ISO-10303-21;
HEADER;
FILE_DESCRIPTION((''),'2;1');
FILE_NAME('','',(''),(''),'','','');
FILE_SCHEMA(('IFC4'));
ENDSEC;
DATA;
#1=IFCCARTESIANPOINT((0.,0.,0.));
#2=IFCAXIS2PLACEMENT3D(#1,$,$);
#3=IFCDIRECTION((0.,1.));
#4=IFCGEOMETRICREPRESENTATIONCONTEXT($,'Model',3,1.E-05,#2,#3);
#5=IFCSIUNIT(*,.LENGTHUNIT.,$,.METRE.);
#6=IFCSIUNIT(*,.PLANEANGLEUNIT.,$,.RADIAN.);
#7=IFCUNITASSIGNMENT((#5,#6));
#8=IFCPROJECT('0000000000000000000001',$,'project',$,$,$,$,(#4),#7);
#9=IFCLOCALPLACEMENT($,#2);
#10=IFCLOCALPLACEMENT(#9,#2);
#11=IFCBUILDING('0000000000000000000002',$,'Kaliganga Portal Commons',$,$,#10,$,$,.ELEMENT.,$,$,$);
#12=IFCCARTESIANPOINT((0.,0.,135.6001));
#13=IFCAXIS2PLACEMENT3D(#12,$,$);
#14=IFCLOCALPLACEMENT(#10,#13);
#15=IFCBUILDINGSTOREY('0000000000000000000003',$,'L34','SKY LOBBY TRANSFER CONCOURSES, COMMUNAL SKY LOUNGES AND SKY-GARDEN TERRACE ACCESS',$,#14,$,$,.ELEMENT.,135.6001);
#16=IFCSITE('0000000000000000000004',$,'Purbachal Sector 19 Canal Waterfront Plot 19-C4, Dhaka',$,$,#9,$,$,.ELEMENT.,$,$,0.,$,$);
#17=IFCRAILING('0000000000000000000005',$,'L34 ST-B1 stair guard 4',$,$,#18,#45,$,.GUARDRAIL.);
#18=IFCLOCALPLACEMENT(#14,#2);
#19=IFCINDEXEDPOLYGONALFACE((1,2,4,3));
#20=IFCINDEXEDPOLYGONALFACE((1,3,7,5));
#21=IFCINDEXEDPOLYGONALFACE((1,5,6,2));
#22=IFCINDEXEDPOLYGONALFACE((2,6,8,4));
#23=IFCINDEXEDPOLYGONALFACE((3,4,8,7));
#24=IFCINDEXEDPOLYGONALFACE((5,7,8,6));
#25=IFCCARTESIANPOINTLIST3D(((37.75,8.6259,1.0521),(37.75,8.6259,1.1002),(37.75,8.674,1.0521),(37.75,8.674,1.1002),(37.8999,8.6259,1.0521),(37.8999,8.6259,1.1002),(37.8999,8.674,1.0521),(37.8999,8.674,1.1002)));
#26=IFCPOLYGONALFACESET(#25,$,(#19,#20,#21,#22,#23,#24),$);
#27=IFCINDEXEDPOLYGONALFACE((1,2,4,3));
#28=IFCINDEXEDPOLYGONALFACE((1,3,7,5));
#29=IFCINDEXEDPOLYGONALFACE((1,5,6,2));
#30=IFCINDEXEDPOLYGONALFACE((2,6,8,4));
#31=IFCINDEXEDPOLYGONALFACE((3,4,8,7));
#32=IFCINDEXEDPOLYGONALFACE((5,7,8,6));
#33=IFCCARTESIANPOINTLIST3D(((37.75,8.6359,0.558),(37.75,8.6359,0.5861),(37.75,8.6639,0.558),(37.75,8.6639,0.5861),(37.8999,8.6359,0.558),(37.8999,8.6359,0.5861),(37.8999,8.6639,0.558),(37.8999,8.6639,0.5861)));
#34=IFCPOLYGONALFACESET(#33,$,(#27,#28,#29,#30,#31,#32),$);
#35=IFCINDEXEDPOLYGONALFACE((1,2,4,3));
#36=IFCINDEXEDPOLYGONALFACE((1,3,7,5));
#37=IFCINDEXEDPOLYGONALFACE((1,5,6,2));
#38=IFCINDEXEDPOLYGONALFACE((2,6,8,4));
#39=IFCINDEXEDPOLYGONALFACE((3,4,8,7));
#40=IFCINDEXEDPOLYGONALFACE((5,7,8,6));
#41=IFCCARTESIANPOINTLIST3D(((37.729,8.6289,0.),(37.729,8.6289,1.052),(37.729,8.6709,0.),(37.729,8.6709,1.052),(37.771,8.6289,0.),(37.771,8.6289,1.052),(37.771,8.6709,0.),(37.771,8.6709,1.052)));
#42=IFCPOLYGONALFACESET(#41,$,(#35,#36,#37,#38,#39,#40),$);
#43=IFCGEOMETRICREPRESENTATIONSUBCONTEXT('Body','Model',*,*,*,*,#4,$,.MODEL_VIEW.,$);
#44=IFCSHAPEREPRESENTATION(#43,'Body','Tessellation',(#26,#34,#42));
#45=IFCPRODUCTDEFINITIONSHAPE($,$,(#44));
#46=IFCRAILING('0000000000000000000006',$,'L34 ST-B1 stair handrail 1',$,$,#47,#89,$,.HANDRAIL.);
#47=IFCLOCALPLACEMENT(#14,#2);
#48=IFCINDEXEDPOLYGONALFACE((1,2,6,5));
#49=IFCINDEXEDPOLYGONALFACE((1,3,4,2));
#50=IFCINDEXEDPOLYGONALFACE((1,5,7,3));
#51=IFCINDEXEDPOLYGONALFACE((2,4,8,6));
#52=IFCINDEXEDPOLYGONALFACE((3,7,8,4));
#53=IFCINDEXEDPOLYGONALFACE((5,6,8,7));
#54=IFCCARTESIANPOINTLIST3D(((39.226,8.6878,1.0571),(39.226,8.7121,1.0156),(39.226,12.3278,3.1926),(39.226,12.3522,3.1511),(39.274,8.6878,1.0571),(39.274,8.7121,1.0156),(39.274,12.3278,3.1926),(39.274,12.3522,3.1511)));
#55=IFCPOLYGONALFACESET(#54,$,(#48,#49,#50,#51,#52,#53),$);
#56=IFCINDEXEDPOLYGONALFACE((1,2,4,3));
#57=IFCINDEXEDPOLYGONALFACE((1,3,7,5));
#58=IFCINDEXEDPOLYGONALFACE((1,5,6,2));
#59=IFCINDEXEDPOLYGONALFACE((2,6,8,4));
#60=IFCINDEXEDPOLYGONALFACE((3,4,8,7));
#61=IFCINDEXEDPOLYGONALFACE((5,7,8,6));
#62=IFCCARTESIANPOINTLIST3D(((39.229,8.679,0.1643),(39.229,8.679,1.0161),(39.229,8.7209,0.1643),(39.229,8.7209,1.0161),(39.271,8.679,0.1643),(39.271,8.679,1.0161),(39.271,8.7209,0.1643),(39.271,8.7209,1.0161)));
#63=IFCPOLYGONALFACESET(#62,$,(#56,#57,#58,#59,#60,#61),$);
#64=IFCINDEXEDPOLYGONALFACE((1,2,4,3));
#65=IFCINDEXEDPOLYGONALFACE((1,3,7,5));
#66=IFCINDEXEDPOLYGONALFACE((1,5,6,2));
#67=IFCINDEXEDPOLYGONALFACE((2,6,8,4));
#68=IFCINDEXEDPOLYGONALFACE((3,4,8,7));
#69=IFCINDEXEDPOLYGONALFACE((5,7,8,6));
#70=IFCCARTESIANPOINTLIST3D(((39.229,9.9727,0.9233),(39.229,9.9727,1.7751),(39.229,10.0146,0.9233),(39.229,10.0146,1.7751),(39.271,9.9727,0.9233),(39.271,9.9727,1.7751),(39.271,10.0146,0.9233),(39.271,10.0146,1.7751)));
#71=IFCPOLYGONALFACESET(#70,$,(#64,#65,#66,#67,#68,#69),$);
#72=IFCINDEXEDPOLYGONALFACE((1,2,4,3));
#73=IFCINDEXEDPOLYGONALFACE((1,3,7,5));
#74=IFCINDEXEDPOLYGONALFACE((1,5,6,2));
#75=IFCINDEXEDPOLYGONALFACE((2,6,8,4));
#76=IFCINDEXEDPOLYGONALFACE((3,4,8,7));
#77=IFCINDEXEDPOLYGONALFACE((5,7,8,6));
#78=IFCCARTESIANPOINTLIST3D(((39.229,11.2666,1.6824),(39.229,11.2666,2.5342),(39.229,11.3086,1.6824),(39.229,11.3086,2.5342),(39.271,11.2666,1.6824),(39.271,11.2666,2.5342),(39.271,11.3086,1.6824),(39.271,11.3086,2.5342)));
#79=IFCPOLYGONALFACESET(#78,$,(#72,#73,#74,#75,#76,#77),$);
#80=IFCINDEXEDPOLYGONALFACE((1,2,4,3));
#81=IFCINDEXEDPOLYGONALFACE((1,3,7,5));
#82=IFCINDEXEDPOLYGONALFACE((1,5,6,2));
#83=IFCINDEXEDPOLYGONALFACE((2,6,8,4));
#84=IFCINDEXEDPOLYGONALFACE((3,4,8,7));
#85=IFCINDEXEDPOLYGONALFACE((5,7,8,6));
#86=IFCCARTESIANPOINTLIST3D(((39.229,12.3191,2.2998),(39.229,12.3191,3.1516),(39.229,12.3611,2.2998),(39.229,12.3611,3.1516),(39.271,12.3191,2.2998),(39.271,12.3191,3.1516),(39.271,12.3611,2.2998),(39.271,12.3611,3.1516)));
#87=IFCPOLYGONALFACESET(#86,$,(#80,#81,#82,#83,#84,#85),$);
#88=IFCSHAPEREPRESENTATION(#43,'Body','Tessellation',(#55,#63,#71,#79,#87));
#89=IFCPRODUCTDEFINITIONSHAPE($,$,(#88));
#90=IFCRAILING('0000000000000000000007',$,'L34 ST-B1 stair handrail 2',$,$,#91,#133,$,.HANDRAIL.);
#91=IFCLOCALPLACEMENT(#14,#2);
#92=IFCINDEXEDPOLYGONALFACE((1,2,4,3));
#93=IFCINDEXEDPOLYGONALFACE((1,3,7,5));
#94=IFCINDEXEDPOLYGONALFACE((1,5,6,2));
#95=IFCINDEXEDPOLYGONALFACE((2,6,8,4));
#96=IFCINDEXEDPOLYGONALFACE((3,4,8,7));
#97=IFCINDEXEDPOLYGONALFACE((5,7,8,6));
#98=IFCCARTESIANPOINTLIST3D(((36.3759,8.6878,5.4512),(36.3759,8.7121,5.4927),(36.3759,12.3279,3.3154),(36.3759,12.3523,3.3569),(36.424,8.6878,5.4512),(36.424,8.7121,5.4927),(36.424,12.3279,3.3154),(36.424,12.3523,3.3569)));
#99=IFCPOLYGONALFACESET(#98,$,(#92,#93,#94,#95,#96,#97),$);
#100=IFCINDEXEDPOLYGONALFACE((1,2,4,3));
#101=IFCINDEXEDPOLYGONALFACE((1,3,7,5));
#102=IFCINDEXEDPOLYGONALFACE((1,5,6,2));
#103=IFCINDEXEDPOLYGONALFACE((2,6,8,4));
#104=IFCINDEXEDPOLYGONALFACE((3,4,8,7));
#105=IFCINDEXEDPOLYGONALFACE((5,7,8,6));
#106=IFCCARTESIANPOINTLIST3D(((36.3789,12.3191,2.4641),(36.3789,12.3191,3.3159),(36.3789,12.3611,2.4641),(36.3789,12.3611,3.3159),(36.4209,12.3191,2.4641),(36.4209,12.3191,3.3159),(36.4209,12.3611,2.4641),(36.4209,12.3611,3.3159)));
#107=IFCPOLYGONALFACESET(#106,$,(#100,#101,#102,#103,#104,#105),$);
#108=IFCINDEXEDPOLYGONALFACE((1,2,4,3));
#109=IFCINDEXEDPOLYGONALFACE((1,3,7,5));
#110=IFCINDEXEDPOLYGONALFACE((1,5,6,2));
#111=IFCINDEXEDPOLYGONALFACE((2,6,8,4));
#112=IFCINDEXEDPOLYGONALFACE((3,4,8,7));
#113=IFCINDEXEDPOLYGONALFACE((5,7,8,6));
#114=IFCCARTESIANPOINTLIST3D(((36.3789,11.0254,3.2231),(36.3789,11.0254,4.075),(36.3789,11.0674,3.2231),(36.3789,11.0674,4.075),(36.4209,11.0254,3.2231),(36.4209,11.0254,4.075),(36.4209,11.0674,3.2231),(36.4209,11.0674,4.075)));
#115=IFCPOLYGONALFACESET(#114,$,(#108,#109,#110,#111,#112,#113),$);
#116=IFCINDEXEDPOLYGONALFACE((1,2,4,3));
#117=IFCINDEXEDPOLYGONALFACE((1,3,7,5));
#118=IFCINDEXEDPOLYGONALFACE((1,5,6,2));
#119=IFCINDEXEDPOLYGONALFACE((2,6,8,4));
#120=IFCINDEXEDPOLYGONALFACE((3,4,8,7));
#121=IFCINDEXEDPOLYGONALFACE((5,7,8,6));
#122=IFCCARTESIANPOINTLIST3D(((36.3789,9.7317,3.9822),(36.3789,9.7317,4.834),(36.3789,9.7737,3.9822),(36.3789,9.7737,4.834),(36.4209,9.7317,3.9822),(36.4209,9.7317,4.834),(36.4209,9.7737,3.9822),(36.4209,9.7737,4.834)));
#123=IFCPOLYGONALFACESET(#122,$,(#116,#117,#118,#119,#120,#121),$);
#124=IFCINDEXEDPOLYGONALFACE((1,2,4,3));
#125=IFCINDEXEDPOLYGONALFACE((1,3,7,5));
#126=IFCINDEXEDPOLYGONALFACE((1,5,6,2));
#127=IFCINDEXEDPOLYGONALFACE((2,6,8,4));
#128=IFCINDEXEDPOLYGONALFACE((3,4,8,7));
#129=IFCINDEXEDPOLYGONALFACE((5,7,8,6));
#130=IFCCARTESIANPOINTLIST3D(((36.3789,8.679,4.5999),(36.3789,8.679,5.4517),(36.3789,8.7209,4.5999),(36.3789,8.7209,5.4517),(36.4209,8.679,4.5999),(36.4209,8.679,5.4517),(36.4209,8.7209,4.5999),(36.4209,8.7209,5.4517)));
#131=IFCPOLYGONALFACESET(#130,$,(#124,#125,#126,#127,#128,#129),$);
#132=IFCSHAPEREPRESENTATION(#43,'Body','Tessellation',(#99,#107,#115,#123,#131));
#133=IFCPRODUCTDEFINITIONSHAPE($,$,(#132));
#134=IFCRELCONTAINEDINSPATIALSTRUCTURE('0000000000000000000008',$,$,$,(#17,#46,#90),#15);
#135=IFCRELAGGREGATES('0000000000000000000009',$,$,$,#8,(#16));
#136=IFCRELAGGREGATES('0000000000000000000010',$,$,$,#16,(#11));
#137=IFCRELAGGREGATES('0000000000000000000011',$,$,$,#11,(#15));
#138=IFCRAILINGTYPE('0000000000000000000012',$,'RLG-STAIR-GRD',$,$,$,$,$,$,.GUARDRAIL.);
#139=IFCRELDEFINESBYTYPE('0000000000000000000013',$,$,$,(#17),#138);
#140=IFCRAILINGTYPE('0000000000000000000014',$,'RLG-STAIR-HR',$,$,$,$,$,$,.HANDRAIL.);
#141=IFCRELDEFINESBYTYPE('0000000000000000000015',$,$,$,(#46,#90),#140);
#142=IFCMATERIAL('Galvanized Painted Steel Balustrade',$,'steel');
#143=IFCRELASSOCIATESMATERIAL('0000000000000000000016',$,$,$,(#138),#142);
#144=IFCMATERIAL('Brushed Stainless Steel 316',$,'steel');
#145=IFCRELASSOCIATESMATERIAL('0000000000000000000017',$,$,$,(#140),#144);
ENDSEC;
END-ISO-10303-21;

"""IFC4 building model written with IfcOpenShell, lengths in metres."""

from ifc_helpers import new_model, si_unit, direction, frame, origin, origin_2d, place, context, subcontext, project, spatial, rectangle, extrude, material, type_object, element, save


model = new_model("IFC4")

# Units and contexts
model_context = context("Model", 3, precision=1e-05, world=origin(), true_north=direction((0.0, 1.0)))
body_context = subcontext(model_context, "Body", "Model", "MODEL_VIEW")
ifc_project = project(units=[si_unit("LENGTHUNIT", "METRE"), si_unit("PLANEANGLEUNIT", "RADIAN")], contexts=[model_context])

# Site, building, storey
site_placement = place(None, origin())
site = spatial("IfcSite", under=ifc_project, at=site_placement, Name="Purbachal Sector 19 Canal Waterfront Plot 19-C4, Dhaka", CompositionType="ELEMENT", RefElevation=0.0)
building_placement = place(site_placement, origin())
building = spatial("IfcBuilding", under=site, at=building_placement, Name="Kaliganga Portal Commons", CompositionType="ELEMENT")
storey_placement = place(building_placement, frame((0.0, 0.0, 135.6001)))
storey = spatial("IfcBuildingStorey", under=building, at=storey_placement, Name="L34", Description="SKY LOBBY TRANSFER CONCOURSES, COMMUNAL SKY LOUNGES AND SKY-GARDEN TERRACE ACCESS", CompositionType="ELEMENT", Elevation=135.6001)

# Railings
ifc_material_1 = material(Name="Galvanized Painted Steel Balustrade", Category="steel")
railing_type_1 = type_object("IfcRailingType", Name="RLG-STAIR-GRD", PredefinedType="GUARDRAIL", material=ifc_material_1)
railing_1_placement = place(storey_placement, frame((37.8999, 8.6499, 0.0)))
element("IfcRailing", 1, at=railing_1_placement, inside=storey, type_object=railing_type_1, Name="L34 ST-B1 stair guard 4", PredefinedType="GUARDRAIL", context=body_context, shape_type="SweptSolid", body=[
    extrude(rectangle(XDim=0.0481, YDim=0.0481, at=origin_2d()), frame((0.0, 0.0, 1.0762), z_axis=(-1.0, 0.0, 0.0), x_axis=(0.0, -1.0, 0.0)), (0.0, 0.0, 1.0), 0.1499),
    extrude(rectangle(XDim=0.0281, YDim=0.0281, at=origin_2d()), frame((0.0, 0.0, 0.572), z_axis=(-1.0, 0.0, 0.0), x_axis=(0.0, -1.0, 0.0)), (0.0, 0.0, 1.0), 0.1499),
    extrude(rectangle(XDim=0.042, YDim=0.042, at=origin_2d()), frame((-0.1499, 0.0, 0.0)), (0.0, 0.0, 1.0), 1.052),
])
ifc_material_2 = material(Name="Brushed Stainless Steel 316", Category="steel")
railing_type_2 = type_object("IfcRailingType", Name="RLG-STAIR-HR", PredefinedType="HANDRAIL", material=ifc_material_2)
railing_2_placement = place(storey_placement, frame((39.25, 8.7, 0.1643)))
element("IfcRailing", 2, at=railing_2_placement, inside=storey, type_object=railing_type_2, Name="L34 ST-B1 stair handrail 1", PredefinedType="HANDRAIL", context=body_context, shape_type="SweptSolid", body=[
    extrude(rectangle(XDim=0.0481, YDim=0.0481, at=origin_2d()), frame((0.0, 0.0, 0.8721), z_axis=(0.0, 0.86253, 0.506006), x_axis=(-1.0, 0.0, 0.0)), (0.0, 0.0, 1.0), 4.2202),
    extrude(rectangle(XDim=0.042, YDim=0.042, at=origin_2d()), origin(), (0.0, 0.0, 1.0), 0.8518),
    extrude(rectangle(XDim=0.042, YDim=0.042, at=origin_2d()), frame((0.0, 1.2937, 0.759)), (0.0, 0.0, 1.0), 0.8518),
    extrude(rectangle(XDim=0.042, YDim=0.042, at=origin_2d()), frame((0.0, 2.5876, 1.5181)), (0.0, 0.0, 1.0), 0.8518),
    extrude(rectangle(XDim=0.042, YDim=0.042, at=origin_2d()), frame((0.0, 3.6401, 2.1355)), (0.0, 0.0, 1.0), 0.8518),
])
railing_3_placement = place(storey_placement, frame((36.3999, 12.3401, 2.4641)))
element("IfcRailing", 3, at=railing_3_placement, inside=storey, type_object=railing_type_2, Name="L34 ST-B1 stair handrail 2", PredefinedType="HANDRAIL", context=body_context, shape_type="SweptSolid", body=[
    extrude(rectangle(XDim=0.0481, YDim=0.0481, at=origin_2d()), frame((0.0, 0.0, 0.8721), z_axis=(0.0, -0.862505, 0.506049), x_axis=(1.0, 0.0, 0.0)), (0.0, 0.0, 1.0), 4.2205),
    extrude(rectangle(XDim=0.042, YDim=0.042, at=origin_2d()), origin(), (0.0, 0.0, 1.0), 0.8518),
    extrude(rectangle(XDim=0.042, YDim=0.042, at=origin_2d()), frame((0.0, -1.2937, 0.759)), (0.0, 0.0, 1.0), 0.8518),
    extrude(rectangle(XDim=0.042, YDim=0.042, at=origin_2d()), frame((0.0, -2.5874, 1.5181)), (0.0, 0.0, 1.0), 0.8518),
    extrude(rectangle(XDim=0.042, YDim=0.042, at=origin_2d()), frame((0.0, -3.6401, 2.1357)), (0.0, 0.0, 1.0), 0.8518),
])

save(model, "model.ifc")
